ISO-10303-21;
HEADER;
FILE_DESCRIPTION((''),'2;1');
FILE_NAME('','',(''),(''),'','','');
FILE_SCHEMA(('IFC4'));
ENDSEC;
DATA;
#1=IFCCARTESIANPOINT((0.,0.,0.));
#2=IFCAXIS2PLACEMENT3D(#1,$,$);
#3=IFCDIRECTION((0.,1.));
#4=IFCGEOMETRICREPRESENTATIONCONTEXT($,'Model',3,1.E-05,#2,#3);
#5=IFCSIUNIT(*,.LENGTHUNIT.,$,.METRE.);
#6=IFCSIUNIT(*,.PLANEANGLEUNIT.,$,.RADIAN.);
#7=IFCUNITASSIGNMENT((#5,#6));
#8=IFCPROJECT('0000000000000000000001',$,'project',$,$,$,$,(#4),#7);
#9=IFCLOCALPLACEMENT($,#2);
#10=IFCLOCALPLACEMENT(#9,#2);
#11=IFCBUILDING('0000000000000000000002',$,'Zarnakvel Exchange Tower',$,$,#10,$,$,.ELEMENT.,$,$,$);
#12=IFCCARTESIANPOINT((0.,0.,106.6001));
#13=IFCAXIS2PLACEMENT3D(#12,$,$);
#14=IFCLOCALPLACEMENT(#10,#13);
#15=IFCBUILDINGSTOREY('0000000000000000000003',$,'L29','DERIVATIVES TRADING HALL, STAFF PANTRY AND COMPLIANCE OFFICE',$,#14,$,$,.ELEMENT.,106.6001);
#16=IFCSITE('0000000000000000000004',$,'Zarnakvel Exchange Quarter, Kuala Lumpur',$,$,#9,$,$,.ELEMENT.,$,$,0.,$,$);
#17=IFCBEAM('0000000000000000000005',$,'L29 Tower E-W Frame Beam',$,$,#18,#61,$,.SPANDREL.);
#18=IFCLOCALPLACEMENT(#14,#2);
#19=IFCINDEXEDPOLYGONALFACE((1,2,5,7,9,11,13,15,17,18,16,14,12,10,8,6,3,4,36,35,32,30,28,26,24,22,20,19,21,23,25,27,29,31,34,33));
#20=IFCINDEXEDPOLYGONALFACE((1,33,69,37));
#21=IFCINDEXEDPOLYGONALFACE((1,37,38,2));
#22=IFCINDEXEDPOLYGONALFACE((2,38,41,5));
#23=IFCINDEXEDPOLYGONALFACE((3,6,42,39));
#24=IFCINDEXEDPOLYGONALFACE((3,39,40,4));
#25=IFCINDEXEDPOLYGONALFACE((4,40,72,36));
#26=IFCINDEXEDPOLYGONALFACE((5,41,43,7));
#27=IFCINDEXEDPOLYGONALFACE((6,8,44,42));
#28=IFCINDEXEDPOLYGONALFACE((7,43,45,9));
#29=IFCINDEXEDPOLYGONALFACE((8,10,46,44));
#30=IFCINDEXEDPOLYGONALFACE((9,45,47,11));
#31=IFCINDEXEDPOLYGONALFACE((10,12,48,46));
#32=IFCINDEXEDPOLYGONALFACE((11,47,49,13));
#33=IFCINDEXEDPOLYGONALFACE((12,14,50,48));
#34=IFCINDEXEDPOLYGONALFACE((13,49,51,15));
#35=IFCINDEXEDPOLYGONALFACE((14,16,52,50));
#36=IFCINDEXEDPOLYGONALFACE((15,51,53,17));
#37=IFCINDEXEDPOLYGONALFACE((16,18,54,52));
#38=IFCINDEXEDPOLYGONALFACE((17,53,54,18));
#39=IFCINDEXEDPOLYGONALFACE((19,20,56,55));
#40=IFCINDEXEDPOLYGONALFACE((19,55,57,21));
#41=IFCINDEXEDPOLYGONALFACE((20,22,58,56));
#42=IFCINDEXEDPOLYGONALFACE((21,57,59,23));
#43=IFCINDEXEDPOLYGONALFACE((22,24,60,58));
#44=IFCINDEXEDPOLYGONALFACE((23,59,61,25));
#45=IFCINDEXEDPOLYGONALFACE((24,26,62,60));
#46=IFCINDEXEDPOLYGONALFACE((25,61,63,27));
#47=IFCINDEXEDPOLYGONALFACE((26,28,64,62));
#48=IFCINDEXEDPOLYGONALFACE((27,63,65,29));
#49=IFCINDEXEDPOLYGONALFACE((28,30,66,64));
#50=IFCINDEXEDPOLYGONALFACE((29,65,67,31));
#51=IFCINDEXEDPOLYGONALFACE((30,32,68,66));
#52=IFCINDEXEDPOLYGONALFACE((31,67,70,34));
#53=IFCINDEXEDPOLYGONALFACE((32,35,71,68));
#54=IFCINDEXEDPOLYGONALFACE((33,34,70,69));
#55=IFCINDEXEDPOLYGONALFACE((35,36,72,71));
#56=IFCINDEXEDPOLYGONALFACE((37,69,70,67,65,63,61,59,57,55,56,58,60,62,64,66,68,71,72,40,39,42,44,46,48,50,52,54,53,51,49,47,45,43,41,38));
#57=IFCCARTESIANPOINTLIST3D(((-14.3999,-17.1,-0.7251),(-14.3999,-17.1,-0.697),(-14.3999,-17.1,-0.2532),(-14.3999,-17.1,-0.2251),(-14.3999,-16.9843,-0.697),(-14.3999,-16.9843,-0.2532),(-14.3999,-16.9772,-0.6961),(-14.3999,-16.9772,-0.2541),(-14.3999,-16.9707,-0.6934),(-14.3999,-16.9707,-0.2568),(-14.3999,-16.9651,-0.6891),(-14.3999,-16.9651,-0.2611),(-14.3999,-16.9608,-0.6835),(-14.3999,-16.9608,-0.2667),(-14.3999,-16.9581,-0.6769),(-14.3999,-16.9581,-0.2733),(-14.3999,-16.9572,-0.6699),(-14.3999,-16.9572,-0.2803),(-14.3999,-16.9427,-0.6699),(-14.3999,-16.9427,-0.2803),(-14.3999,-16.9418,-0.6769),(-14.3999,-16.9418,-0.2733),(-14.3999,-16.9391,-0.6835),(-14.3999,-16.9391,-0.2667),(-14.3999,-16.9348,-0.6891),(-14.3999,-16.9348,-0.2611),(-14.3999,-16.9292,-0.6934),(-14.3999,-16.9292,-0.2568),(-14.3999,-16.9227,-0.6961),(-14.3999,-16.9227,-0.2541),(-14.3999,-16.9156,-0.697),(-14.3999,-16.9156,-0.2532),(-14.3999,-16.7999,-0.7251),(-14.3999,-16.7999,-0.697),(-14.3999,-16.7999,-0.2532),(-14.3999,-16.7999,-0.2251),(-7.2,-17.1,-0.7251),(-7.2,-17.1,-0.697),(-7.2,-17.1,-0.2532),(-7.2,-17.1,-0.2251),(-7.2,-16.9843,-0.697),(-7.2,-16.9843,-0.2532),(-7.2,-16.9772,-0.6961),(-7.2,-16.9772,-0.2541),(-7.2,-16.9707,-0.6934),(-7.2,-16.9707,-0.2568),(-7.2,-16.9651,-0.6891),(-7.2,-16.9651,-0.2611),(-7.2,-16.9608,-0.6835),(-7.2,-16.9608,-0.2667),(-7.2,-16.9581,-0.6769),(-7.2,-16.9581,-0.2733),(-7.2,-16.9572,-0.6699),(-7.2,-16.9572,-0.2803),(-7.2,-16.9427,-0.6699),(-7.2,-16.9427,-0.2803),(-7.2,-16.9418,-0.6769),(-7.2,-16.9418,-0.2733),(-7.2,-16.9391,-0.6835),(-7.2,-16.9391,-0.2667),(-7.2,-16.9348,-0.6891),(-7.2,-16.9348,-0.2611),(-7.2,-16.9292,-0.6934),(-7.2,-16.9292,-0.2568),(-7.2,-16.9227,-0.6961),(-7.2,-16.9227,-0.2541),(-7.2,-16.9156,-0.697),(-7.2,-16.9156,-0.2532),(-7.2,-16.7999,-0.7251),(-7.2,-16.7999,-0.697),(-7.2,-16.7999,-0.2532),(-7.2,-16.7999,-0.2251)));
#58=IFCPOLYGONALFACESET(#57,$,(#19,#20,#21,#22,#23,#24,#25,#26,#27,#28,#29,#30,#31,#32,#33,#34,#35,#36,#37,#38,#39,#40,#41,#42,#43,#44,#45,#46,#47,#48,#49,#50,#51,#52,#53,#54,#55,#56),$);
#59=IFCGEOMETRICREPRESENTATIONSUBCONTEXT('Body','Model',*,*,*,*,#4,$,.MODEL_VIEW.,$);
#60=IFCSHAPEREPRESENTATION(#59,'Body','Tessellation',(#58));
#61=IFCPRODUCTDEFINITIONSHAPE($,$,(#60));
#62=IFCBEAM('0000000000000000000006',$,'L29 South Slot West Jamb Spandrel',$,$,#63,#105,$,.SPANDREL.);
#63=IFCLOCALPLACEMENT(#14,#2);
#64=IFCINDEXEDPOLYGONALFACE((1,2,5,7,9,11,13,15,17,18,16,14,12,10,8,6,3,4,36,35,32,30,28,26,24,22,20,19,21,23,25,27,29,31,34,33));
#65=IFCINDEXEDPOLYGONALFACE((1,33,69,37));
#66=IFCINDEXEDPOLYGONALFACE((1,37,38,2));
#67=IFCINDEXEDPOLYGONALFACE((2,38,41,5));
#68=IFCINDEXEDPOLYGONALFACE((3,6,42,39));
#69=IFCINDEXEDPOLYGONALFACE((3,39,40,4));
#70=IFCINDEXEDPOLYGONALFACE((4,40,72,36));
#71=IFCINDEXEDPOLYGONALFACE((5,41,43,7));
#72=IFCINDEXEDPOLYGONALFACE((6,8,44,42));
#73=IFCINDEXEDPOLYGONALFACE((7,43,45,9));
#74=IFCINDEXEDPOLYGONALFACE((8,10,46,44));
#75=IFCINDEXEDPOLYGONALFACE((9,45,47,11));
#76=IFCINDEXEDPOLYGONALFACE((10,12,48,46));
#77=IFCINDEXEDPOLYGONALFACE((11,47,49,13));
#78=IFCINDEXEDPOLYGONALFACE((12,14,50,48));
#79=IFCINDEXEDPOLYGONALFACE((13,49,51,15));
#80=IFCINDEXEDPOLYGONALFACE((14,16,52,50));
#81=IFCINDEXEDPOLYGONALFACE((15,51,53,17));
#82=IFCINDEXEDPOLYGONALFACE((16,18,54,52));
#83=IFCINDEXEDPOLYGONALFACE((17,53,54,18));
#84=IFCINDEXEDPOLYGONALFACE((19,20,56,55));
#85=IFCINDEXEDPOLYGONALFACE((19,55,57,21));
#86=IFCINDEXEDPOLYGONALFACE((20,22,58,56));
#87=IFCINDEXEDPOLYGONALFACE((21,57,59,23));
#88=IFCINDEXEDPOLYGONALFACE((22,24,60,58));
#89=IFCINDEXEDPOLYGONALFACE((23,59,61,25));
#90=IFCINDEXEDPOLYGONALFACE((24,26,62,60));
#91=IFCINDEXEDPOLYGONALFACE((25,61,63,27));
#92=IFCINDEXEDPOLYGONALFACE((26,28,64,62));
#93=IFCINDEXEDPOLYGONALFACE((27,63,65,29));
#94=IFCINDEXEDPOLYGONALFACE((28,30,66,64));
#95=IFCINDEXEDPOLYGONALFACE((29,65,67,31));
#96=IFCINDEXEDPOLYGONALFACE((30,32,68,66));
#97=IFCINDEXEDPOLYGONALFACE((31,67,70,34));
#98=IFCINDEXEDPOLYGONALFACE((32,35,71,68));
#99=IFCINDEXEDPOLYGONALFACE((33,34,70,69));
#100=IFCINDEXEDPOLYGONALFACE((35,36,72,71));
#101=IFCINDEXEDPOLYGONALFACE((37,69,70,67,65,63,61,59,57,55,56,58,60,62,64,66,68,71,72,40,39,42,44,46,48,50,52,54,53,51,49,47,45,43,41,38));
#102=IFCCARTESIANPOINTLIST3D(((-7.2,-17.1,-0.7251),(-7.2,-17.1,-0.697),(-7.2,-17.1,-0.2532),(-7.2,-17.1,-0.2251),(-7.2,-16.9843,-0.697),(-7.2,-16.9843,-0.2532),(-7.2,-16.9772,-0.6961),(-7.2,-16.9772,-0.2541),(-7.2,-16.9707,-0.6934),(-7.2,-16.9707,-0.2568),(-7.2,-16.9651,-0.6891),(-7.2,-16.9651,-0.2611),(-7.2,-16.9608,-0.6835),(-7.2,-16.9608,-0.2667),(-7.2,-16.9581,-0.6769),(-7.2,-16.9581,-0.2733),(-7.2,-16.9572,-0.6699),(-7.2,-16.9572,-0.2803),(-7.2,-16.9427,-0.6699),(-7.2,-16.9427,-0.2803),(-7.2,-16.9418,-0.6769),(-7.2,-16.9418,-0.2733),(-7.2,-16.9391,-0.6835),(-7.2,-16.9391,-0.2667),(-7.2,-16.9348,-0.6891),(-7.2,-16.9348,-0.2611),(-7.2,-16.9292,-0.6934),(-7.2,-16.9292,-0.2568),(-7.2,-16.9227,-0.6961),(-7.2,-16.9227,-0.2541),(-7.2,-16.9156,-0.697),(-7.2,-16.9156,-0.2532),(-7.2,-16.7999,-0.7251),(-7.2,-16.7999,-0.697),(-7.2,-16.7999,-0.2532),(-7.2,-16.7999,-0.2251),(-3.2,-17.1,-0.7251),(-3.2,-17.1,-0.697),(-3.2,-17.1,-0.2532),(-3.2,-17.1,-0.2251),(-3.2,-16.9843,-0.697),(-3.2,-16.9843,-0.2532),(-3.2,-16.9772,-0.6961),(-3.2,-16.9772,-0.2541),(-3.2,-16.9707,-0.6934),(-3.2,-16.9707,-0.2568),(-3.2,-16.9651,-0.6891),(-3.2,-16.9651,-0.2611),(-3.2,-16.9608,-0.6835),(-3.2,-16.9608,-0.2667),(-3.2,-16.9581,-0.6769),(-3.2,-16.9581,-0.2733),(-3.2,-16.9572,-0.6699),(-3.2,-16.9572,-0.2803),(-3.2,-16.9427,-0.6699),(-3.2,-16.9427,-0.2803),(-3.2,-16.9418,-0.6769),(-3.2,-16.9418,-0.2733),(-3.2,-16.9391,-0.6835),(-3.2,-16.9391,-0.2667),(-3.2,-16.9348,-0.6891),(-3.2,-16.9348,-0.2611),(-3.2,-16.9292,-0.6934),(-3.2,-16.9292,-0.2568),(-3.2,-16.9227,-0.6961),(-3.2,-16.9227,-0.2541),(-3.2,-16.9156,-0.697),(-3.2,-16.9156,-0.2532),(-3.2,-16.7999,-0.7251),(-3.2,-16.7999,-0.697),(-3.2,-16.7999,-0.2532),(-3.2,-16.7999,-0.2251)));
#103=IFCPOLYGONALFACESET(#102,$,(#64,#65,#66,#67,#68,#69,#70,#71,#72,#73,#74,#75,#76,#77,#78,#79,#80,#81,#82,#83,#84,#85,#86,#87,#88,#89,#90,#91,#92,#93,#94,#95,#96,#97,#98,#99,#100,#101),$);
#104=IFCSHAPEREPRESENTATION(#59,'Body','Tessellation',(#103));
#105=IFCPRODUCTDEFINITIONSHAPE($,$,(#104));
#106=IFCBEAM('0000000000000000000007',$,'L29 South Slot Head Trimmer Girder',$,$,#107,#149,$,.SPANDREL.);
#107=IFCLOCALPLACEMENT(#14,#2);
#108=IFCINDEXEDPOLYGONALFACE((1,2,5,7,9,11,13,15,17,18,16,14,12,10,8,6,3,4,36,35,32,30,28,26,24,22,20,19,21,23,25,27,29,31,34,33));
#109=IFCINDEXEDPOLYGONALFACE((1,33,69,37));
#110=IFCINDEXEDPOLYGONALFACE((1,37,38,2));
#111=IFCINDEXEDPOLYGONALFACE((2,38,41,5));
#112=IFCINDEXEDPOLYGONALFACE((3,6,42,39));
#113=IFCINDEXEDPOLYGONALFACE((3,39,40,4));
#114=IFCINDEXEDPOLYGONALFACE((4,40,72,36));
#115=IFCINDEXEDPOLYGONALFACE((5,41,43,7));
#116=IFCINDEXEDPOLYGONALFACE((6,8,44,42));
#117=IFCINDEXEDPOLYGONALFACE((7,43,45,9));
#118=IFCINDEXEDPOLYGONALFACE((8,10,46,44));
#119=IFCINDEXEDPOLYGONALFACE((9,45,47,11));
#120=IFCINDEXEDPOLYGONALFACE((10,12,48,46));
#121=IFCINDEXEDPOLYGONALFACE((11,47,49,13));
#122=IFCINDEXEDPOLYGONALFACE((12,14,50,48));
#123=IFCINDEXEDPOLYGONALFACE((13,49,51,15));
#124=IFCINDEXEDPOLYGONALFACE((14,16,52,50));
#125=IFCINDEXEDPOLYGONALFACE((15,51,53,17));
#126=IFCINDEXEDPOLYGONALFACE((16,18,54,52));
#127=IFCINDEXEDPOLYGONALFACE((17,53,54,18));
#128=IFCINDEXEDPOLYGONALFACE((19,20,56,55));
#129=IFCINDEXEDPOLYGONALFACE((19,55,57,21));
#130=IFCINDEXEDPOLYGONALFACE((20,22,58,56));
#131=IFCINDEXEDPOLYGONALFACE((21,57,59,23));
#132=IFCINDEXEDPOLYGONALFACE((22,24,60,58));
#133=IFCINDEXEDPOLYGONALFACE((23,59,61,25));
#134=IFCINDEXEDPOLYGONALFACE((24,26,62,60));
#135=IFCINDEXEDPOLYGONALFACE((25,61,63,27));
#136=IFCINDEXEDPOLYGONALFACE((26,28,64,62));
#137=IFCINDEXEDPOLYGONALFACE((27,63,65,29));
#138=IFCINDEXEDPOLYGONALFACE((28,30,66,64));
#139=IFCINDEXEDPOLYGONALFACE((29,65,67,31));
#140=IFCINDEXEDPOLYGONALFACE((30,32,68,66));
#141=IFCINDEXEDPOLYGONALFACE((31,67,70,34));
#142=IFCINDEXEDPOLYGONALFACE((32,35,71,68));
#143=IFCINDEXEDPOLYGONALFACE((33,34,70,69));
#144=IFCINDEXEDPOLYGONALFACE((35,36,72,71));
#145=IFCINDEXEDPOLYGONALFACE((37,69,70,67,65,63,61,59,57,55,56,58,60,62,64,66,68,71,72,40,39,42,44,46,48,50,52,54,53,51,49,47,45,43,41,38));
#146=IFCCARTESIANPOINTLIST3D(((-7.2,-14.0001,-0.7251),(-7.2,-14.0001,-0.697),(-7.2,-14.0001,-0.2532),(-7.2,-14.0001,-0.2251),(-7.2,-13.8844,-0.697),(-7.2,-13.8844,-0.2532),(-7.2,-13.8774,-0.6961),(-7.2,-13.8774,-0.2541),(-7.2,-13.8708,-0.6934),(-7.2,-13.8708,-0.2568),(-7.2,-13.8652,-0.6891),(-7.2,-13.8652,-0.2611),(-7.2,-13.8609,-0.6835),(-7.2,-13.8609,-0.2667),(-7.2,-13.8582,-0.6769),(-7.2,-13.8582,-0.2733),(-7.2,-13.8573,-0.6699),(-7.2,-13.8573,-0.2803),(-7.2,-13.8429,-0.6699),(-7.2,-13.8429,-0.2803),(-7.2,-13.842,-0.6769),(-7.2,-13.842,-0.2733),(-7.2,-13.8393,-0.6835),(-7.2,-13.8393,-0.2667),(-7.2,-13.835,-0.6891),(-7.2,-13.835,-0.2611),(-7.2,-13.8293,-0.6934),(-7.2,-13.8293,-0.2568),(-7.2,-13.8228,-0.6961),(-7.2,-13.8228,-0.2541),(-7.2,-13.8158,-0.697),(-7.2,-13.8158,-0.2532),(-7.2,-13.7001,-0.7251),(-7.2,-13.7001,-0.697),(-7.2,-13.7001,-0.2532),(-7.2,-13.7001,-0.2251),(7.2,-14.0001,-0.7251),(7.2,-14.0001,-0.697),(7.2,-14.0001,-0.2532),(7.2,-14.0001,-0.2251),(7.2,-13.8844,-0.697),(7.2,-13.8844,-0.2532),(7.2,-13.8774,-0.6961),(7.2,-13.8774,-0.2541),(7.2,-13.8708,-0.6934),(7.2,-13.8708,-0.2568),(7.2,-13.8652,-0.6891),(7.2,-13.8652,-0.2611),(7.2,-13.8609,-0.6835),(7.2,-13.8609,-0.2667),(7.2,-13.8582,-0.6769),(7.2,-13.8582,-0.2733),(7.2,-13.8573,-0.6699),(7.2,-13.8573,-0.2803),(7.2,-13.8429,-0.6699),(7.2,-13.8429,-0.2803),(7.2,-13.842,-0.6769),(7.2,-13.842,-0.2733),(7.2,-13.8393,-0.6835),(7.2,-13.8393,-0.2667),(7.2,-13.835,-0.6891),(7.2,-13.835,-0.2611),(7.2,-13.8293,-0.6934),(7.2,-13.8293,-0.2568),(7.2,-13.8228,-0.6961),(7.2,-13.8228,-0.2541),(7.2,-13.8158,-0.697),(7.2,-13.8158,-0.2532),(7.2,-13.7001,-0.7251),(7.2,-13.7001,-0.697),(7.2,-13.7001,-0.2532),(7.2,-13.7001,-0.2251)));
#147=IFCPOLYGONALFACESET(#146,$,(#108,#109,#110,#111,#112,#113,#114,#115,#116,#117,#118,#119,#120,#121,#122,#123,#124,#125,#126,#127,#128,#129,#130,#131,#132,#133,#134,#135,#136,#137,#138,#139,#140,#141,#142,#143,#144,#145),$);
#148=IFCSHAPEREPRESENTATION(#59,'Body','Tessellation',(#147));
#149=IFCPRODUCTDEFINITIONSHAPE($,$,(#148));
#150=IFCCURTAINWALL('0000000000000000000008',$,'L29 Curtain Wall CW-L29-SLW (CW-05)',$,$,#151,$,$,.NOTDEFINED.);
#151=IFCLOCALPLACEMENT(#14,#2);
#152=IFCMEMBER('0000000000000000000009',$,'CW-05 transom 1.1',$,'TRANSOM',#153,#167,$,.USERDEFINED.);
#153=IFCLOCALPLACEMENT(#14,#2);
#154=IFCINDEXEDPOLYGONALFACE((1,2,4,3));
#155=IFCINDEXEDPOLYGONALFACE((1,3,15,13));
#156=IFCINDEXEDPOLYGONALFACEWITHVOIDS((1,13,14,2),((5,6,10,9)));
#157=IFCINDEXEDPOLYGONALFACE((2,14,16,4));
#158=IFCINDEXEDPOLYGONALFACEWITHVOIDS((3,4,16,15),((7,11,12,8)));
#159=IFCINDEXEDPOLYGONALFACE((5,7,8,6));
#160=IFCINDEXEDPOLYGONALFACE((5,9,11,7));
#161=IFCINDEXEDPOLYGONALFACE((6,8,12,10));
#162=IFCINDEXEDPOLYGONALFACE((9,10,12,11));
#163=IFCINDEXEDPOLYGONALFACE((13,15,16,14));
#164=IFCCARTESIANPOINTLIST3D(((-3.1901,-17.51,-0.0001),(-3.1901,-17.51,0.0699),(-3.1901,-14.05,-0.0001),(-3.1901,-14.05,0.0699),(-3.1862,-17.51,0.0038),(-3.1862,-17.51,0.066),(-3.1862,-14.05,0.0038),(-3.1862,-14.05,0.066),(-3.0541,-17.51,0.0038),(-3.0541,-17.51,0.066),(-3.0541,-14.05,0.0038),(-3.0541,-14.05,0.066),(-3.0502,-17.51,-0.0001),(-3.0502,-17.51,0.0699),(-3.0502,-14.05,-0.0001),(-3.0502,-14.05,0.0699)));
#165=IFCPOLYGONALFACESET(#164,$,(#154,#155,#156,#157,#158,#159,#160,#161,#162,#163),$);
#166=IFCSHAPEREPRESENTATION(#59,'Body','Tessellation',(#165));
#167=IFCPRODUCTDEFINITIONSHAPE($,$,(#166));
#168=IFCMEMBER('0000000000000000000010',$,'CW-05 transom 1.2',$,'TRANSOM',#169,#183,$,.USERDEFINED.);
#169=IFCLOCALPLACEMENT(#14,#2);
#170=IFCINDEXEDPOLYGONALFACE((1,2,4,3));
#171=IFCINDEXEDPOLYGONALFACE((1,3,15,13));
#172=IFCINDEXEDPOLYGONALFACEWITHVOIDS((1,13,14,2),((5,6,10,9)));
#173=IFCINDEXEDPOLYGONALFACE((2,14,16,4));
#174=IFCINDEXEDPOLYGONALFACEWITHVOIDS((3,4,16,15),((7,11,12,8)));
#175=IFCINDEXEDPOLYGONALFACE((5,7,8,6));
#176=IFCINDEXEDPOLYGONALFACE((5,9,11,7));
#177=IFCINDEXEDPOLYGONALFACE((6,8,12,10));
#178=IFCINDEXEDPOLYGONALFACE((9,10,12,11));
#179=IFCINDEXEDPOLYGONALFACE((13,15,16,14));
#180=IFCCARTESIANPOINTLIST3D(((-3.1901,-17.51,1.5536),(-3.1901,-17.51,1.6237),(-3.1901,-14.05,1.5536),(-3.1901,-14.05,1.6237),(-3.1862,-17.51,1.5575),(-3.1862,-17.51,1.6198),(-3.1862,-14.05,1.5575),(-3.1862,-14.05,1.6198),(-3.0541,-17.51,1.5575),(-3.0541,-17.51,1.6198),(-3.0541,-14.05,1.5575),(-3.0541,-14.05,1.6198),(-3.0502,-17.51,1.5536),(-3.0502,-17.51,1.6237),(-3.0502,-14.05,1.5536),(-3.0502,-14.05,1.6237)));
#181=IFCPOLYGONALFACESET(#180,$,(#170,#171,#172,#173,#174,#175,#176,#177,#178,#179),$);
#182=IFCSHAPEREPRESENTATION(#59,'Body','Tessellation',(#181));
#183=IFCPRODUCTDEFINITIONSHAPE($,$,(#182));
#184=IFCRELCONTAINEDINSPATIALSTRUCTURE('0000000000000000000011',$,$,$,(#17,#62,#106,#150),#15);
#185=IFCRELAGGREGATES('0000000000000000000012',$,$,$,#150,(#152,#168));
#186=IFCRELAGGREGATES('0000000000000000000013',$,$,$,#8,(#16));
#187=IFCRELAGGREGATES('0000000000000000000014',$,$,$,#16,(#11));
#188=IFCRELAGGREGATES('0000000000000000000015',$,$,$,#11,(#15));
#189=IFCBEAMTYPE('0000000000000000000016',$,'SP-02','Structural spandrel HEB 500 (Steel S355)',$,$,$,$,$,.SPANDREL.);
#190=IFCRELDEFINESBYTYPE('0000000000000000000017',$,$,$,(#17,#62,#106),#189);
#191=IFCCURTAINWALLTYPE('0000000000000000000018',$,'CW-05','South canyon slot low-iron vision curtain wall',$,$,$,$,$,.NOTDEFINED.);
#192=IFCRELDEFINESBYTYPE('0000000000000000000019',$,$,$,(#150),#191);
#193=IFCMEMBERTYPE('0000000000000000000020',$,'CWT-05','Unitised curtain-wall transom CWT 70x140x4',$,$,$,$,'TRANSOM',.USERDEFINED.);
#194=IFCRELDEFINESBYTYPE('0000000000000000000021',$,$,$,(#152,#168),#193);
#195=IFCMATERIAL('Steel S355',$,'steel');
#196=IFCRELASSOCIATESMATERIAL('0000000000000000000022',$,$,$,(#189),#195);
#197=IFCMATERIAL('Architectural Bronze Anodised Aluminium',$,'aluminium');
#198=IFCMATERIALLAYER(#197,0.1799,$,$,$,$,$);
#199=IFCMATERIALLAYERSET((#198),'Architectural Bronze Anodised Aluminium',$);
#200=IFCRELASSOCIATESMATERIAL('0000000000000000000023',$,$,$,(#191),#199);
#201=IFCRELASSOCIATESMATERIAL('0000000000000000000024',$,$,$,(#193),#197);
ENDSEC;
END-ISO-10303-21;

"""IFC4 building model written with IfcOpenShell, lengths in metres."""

from ifc_helpers import new_model, si_unit, direction, frame, origin, origin_2d, place, context, subcontext, project, spatial, hollow_rectangle, i_section, extrude, source, transform, mapped, material, layer, layer_set, material_profile, profile_set, type_object, element, aggregate, save


model = new_model("IFC4")

# Units and contexts
model_context = context("Model", 3, precision=1e-05, world=origin(), true_north=direction((0.0, 1.0)))
body_context = subcontext(model_context, "Body", "Model", "MODEL_VIEW")
ifc_project = project(units=[si_unit("LENGTHUNIT", "METRE"), si_unit("PLANEANGLEUNIT", "RADIAN")], contexts=[model_context])

# Site, building, storey
site_placement = place(None, origin())
site = spatial("IfcSite", under=ifc_project, at=site_placement, Name="Zarnakvel Exchange Quarter, Kuala Lumpur", CompositionType="ELEMENT", RefElevation=0.0)
building_placement = place(site_placement, origin())
building = spatial("IfcBuilding", under=site, at=building_placement, Name="Zarnakvel Exchange Tower", CompositionType="ELEMENT")
storey_placement = place(building_placement, frame((0.0, 0.0, 106.6001)))
storey = spatial("IfcBuildingStorey", under=building, at=storey_placement, Name="L29", Description="DERIVATIVES TRADING HALL, STAFF PANTRY AND COMPLIANCE OFFICE", CompositionType="ELEMENT", Elevation=106.6001)

# Beams
ifc_material_1 = material(Name="Steel S355", Category="steel")
ifc_material_profile_1 = material_profile(ifc_material_1, i_section(OverallWidth=0.3, OverallDepth=0.5, WebThickness=0.0144, FlangeThickness=0.0281, FilletRadius=0.0271, at=origin_2d()))
ifc_profile_set_1 = profile_set([ifc_material_profile_1], Name="Steel S355")
beam_type_1 = type_object("IfcBeamType", Name="SP-02", Description="Structural spandrel HEB 500 (Steel S355)", PredefinedType="SPANDREL", material=ifc_profile_set_1)
beam_1_placement = place(storey_placement, frame((-14.3999, -16.95, -0.4751), z_axis=(1.0, 0.0, 0.0), x_axis=(0.0, 1.0, 0.0)))
element("IfcBeam", 1, at=beam_1_placement, inside=storey, type_object=beam_type_1, Name="L29 Tower E-W Frame Beam", PredefinedType="SPANDREL", context=body_context, shape_type="SweptSolid", body=[
    extrude(i_section(OverallWidth=0.3, OverallDepth=0.5, WebThickness=0.0144, FlangeThickness=0.0281, FilletRadius=0.0271, at=origin_2d()), origin(), (0.0, 0.0, 1.0), 7.2),
])
beam_2_placement = place(storey_placement, frame((-7.2, -16.95, -0.4751), z_axis=(1.0, 0.0, 0.0), x_axis=(0.0, 1.0, 0.0)))
element("IfcBeam", 2, at=beam_2_placement, inside=storey, type_object=beam_type_1, Name="L29 South Slot West Jamb Spandrel", PredefinedType="SPANDREL", context=body_context, shape_type="SweptSolid", body=[
    extrude(i_section(OverallWidth=0.3, OverallDepth=0.5, WebThickness=0.0144, FlangeThickness=0.0281, FilletRadius=0.0271, at=origin_2d()), origin(), (0.0, 0.0, 1.0), 4.0),
])
beam_3_placement = place(storey_placement, frame((-7.2, -13.8501, -0.4751), z_axis=(1.0, 0.0, 0.0), x_axis=(0.0, 1.0, 0.0)))
element("IfcBeam", 3, at=beam_3_placement, inside=storey, type_object=beam_type_1, Name="L29 South Slot Head Trimmer Girder", PredefinedType="SPANDREL", context=body_context, shape_type="SweptSolid", body=[
    extrude(i_section(OverallWidth=0.3, OverallDepth=0.5, WebThickness=0.0144, FlangeThickness=0.0281, FilletRadius=0.0271, at=origin_2d()), origin(), (0.0, 0.0, 1.0), 14.3999),
])

# Curtain wall, members
ifc_material_2 = material(Name="Architectural Bronze Anodised Aluminium", Category="aluminium")
ifc_layer_1 = layer(ifc_material_2, 0.1799)
ifc_layer_set_1 = layer_set([ifc_layer_1], Name="Architectural Bronze Anodised Aluminium")
curtain_wall_type = type_object("IfcCurtainWallType", Name="CW-05", Description="South canyon slot low-iron vision curtain wall", PredefinedType="NOTDEFINED", material=ifc_layer_set_1)
curtain_wall_1_placement = place(storey_placement, origin())
curtain_wall_1 = element("IfcCurtainWall", 4, at=curtain_wall_1_placement, inside=storey, type_object=curtain_wall_type, Name="L29 Curtain Wall CW-L29-SLW (CW-05)", PredefinedType="NOTDEFINED")
ifc_material_profile_2 = material_profile(ifc_material_2, hollow_rectangle(XDim=0.1399, YDim=0.0701, WallThickness=0.0039, at=origin_2d()))
ifc_profile_set_2 = profile_set([ifc_material_profile_2], Name="Architectural Bronze Anodised Aluminium")
member_type_1 = type_object("IfcMemberType", Name="CWT-05", Description="Unitised curtain-wall transom CWT 70x140x4", ElementType="TRANSOM", PredefinedType="USERDEFINED", material=ifc_profile_set_2)
shared_shape_1 = source(origin(), body_context, "Body", "SweptSolid", [
    extrude(hollow_rectangle(XDim=0.1399, YDim=0.0701, WallThickness=0.0039, at=origin_2d()), origin(), (0.0, 0.0, 1.0), 3.46),
])
member_1_placement = place(storey_placement, frame((-3.1201, -17.51, 0.0349), z_axis=(0.0, 1.0, 0.0), x_axis=(-1.0, 0.0, 0.0)))
member_1 = element("IfcMember", 5, at=member_1_placement, type_object=member_type_1, Name="CW-05 transom 1.1", ObjectType="TRANSOM", PredefinedType="USERDEFINED", context=body_context, shape_type="MappedRepresentation", body=[
    mapped(shared_shape_1, transform((0.0, 0.0, 0.0), x_axis=(1.0, 0.0, 0.0), y_axis=(0.0, 1.0, 0.0), z_axis=(0.0, 0.0, 1.0), scale=1.0)),
])
member_2_placement = place(storey_placement, frame((-3.1201, -17.51, 1.5886), z_axis=(0.0, 1.0, 0.0), x_axis=(-1.0, 0.0, 0.0)))
member_2 = element("IfcMember", 6, at=member_2_placement, type_object=member_type_1, Name="CW-05 transom 1.2", ObjectType="TRANSOM", PredefinedType="USERDEFINED", context=body_context, shape_type="MappedRepresentation", body=[
    mapped(shared_shape_1, transform((0.0, 0.0, 0.0), x_axis=(1.0, 0.0, 0.0), y_axis=(0.0, 1.0, 0.0), z_axis=(0.0, 0.0, 1.0), scale=1.0)),
])

aggregate(curtain_wall_1, [member_1, member_2])

save(model, "model.ifc")
